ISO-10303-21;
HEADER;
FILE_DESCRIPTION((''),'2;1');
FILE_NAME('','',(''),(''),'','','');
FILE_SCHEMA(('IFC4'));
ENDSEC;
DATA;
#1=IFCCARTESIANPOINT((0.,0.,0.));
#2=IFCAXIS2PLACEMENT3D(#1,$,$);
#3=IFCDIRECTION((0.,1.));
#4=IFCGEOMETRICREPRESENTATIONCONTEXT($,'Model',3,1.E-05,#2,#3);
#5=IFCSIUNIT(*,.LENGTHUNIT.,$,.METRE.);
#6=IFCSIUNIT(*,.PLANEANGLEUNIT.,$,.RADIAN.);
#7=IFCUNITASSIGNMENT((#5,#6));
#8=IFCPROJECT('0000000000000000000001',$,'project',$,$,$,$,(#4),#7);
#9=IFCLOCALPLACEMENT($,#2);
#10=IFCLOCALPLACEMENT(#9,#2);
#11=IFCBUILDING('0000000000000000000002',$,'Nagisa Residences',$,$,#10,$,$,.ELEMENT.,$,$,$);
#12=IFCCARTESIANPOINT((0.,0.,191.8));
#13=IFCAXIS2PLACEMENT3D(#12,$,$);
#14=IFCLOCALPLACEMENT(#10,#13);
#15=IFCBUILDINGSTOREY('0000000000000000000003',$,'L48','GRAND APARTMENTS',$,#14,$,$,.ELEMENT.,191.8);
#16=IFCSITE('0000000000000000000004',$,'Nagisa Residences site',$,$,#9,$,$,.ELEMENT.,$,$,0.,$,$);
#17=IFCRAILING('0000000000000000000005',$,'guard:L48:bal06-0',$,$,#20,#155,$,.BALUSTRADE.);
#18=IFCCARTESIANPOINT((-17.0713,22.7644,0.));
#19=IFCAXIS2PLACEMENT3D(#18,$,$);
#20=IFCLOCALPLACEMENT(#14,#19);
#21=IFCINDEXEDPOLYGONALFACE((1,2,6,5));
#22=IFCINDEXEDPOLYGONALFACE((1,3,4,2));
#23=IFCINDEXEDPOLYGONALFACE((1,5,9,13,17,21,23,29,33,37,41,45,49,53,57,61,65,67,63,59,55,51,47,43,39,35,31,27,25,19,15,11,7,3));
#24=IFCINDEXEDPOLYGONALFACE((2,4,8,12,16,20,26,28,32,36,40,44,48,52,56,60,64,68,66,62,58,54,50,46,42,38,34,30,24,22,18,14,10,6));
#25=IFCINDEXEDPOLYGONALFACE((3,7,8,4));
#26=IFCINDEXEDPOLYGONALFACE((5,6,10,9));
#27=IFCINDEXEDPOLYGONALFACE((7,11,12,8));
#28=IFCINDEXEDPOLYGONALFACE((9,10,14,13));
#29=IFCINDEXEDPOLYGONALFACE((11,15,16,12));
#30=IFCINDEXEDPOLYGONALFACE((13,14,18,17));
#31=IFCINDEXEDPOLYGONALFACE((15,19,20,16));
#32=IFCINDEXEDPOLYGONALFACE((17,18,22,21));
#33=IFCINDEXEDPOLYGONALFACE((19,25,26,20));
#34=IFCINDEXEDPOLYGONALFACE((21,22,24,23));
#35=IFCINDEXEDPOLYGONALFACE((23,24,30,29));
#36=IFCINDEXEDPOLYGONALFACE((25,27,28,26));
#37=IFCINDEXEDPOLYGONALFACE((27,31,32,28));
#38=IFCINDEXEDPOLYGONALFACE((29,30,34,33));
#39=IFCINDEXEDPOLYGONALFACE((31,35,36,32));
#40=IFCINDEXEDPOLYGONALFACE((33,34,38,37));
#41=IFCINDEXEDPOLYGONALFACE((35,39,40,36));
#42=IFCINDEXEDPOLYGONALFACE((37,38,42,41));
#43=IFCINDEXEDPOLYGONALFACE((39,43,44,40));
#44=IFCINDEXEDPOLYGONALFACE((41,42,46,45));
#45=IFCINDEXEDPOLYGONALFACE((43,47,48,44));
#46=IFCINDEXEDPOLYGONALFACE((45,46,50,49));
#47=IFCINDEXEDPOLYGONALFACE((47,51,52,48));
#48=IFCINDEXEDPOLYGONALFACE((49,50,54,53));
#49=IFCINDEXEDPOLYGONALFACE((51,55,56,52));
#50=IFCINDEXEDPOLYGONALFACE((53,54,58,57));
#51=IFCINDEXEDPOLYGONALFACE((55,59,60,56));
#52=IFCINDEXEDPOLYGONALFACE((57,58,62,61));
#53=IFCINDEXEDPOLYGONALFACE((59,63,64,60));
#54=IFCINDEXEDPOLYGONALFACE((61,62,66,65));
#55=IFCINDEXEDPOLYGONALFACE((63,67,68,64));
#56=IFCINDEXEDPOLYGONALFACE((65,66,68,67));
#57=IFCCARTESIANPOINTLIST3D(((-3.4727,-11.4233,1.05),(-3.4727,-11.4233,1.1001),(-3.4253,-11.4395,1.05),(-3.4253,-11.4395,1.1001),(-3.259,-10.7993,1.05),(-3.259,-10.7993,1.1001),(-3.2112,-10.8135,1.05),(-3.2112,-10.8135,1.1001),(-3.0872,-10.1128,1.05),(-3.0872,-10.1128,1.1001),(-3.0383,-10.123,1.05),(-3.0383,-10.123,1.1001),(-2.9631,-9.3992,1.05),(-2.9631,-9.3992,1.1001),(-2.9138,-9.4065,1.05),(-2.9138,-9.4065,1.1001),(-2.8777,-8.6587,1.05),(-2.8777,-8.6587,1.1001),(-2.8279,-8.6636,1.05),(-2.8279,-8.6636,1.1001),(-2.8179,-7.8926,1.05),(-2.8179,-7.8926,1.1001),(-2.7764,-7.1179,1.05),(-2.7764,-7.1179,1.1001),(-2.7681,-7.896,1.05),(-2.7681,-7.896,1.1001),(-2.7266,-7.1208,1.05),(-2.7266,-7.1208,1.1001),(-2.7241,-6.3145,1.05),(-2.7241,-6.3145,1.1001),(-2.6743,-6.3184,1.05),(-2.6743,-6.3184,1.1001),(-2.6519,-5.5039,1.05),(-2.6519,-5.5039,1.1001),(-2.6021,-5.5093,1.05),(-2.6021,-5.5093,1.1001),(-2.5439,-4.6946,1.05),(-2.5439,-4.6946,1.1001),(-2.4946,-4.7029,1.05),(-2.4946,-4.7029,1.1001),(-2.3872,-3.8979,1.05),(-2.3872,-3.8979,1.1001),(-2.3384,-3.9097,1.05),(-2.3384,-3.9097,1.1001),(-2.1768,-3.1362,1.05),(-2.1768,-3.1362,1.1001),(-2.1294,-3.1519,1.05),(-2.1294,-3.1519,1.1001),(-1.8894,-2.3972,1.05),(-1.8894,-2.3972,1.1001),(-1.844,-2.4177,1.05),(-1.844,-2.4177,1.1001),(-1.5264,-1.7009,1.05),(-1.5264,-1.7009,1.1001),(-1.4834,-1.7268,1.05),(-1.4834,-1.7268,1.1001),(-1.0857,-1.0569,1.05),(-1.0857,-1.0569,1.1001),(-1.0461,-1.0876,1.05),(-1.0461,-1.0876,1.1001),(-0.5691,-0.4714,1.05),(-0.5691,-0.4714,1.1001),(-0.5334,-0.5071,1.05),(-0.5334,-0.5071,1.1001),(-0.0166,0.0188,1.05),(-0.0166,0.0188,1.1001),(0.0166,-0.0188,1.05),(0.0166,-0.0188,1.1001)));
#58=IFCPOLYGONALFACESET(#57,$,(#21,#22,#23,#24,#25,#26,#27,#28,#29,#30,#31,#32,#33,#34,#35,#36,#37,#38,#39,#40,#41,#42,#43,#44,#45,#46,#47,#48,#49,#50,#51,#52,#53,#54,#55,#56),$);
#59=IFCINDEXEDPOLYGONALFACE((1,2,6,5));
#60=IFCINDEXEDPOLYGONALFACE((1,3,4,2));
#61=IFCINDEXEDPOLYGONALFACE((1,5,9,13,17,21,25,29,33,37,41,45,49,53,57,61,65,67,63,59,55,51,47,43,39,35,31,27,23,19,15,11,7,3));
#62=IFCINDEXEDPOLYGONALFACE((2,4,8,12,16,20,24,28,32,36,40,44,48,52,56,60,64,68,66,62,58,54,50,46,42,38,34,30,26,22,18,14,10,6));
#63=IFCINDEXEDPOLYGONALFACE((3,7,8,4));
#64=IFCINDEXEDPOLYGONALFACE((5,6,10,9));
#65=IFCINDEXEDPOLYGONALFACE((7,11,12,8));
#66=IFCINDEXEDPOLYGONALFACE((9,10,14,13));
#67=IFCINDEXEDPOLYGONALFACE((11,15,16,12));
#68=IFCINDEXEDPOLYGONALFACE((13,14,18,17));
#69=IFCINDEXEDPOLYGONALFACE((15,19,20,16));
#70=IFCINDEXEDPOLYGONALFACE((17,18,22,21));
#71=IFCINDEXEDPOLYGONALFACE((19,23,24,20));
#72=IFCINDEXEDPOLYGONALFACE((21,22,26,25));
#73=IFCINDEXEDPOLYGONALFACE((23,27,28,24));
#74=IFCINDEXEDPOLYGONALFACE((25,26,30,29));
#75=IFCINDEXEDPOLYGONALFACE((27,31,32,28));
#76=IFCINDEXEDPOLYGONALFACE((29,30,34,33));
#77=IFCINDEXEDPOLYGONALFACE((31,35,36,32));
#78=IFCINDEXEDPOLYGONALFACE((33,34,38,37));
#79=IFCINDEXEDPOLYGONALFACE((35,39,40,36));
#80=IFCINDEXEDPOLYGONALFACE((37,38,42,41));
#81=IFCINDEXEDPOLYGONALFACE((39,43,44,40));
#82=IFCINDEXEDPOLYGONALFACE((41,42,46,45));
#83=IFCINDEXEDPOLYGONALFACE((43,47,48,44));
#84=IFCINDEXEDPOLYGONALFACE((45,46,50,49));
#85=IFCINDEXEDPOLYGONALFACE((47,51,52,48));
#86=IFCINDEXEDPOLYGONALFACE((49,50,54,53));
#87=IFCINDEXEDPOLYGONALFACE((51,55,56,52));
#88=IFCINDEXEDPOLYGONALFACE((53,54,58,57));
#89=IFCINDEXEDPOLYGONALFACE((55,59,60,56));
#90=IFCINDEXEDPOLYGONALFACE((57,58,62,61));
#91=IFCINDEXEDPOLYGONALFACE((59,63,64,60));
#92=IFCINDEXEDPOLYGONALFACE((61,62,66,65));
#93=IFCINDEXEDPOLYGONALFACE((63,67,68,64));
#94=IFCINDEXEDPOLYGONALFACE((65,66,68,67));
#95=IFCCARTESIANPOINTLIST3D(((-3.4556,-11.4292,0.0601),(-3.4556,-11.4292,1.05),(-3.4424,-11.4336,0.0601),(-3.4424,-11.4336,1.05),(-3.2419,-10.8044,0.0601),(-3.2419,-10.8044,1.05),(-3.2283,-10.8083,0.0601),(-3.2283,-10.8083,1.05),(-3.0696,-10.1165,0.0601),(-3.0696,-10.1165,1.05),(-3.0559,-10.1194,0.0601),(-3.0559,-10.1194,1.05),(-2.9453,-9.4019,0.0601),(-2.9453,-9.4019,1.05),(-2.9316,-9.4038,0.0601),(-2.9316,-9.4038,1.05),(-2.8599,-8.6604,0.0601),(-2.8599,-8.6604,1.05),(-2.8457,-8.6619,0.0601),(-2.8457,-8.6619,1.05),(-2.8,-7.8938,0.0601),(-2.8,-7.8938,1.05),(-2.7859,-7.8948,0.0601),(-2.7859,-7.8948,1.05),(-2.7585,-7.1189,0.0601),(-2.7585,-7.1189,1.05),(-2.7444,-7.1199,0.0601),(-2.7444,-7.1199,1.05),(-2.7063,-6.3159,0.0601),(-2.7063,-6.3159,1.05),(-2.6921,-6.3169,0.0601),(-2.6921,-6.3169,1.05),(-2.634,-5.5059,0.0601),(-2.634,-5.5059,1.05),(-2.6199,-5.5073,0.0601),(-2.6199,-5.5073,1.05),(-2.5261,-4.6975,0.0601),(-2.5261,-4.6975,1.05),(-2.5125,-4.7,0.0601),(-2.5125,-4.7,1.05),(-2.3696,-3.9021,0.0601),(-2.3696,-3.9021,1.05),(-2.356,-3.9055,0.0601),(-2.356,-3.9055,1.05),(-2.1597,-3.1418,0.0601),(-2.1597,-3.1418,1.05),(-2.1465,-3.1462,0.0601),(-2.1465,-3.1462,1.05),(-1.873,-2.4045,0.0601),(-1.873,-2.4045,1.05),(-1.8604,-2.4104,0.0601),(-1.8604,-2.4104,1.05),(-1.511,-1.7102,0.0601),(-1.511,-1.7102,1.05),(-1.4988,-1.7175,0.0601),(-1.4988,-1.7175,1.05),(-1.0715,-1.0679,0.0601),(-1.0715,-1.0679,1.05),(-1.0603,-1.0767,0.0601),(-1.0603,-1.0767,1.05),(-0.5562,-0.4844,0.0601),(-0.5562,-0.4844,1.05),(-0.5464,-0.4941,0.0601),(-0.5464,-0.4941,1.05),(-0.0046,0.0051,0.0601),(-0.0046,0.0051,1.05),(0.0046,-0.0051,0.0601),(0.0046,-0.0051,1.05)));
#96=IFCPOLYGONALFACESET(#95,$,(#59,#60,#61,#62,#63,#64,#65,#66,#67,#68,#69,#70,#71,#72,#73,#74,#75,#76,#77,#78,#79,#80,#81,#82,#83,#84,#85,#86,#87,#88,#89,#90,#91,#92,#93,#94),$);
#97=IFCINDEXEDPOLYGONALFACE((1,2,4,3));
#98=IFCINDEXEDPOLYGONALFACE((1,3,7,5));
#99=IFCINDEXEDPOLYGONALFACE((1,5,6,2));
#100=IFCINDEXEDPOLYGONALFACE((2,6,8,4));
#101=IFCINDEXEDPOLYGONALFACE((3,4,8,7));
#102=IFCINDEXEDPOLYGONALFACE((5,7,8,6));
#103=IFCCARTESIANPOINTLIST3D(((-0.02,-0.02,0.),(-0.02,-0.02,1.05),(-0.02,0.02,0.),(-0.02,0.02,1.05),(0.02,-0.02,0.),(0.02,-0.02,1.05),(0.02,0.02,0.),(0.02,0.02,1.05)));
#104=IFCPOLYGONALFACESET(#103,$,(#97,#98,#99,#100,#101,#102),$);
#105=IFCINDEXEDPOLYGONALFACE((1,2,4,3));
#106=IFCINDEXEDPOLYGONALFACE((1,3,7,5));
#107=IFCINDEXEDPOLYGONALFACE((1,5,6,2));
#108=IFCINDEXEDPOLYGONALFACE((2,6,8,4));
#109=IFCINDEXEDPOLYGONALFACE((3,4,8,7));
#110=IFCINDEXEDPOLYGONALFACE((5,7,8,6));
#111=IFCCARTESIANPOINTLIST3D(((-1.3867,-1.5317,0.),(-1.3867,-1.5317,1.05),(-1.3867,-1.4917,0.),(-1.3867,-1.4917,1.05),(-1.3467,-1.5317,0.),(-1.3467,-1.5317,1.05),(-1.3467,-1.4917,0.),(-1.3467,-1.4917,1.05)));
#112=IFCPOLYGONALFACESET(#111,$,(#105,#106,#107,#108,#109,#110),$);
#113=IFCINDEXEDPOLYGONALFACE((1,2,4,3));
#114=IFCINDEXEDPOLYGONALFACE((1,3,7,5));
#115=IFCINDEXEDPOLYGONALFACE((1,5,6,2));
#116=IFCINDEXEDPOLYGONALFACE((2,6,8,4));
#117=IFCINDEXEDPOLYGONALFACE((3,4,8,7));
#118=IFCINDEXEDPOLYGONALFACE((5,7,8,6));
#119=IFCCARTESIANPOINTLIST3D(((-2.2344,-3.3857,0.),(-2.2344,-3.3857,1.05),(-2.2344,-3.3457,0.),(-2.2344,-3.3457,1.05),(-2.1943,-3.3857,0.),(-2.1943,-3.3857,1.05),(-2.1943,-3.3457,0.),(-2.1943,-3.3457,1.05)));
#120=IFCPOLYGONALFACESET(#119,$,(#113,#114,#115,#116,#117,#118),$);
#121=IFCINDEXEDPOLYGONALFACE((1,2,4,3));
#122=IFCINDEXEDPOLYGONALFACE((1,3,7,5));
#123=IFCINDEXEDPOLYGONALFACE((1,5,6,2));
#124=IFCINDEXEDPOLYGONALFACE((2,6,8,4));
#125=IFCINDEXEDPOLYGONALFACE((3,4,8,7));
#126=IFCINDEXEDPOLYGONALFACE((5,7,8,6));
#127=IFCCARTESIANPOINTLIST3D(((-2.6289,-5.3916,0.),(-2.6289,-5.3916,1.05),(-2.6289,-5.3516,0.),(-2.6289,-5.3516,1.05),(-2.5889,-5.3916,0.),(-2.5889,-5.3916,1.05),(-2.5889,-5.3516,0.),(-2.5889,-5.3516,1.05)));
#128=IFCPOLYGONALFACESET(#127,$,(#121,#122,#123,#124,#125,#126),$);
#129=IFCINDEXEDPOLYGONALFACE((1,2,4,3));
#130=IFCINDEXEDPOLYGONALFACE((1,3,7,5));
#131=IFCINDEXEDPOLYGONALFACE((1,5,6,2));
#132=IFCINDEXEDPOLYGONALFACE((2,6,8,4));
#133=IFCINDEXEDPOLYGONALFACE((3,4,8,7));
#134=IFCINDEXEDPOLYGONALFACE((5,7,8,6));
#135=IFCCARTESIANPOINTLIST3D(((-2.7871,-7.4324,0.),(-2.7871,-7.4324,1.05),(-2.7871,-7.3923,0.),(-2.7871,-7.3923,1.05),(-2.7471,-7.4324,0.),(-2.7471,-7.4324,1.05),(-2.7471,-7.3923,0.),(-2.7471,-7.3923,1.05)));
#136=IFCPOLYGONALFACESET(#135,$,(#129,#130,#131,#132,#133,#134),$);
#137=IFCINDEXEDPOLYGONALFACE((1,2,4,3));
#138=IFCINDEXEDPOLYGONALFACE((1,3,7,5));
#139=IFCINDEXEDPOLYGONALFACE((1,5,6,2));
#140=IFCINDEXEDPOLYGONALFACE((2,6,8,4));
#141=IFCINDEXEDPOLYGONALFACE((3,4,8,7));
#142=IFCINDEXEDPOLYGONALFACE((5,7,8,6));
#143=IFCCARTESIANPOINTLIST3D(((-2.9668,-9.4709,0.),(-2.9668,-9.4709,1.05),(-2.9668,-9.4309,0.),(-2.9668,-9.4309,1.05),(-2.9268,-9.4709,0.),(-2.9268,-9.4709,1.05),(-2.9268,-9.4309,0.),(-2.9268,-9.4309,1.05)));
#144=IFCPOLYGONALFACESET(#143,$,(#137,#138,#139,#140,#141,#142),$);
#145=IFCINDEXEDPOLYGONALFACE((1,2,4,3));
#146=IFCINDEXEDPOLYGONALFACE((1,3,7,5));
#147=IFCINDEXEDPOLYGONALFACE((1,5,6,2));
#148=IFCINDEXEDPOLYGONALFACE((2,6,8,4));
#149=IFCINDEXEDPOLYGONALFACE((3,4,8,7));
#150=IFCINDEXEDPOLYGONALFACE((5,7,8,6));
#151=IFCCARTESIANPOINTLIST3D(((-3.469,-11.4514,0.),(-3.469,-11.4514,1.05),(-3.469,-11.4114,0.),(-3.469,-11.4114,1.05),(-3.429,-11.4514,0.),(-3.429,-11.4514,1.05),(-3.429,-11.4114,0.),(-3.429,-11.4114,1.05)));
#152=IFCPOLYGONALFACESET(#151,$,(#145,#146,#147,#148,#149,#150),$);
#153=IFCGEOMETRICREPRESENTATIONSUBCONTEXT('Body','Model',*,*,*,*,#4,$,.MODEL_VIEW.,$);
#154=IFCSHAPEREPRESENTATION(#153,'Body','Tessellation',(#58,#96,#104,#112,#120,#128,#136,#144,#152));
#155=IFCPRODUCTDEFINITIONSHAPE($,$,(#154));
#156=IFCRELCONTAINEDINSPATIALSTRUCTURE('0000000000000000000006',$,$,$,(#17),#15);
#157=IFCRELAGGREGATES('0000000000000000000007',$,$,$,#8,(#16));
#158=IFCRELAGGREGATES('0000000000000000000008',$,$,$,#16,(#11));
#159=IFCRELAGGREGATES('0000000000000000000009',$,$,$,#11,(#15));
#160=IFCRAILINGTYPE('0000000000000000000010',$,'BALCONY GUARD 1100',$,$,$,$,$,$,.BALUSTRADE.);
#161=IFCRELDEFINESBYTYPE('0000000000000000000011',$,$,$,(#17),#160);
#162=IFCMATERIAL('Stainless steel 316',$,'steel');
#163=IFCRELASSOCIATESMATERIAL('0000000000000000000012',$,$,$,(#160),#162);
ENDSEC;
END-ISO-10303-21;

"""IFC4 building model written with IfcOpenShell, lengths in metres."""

from ifc_helpers import new_model, si_unit, direction, frame, origin, origin_2d, place, context, subcontext, project, spatial, polyline, rectangle, outline, extrude, material, type_object, element, save


model = new_model("IFC4")

# Units and contexts
model_context = context("Model", 3, precision=1e-05, world=origin(), true_north=direction((0.0, 1.0)))
body_context = subcontext(model_context, "Body", "Model", "MODEL_VIEW")
ifc_project = project(units=[si_unit("LENGTHUNIT", "METRE"), si_unit("PLANEANGLEUNIT", "RADIAN")], contexts=[model_context])

# Site, building, storey
site_placement = place(None, origin())
site = spatial("IfcSite", under=ifc_project, at=site_placement, Name="Nagisa Residences site", CompositionType="ELEMENT", RefElevation=0.0)
building_placement = place(site_placement, origin())
building = spatial("IfcBuilding", under=site, at=building_placement, Name="Nagisa Residences", CompositionType="ELEMENT")
storey_placement = place(building_placement, frame((0.0, 0.0, 191.8)))
storey = spatial("IfcBuildingStorey", under=building, at=storey_placement, Name="L48", Description="GRAND APARTMENTS", CompositionType="ELEMENT", Elevation=191.8)

# Railing
ifc_material_1 = material(Name="Stainless steel 316", Category="steel")
railing_type = type_object("IfcRailingType", Name="BALCONY GUARD 1100", PredefinedType="BALUSTRADE", material=ifc_material_1)
railing_placement = place(storey_placement, frame((-17.0713, 22.7644, 0.0)))
element("IfcRailing", 1, at=railing_placement, inside=storey, type_object=railing_type, Name="guard:L48:bal06-0", PredefinedType="BALUSTRADE", context=body_context, shape_type="SweptSolid", body=[
    extrude(outline(polyline([(-0.5334, -0.5071), (0.0166, -0.0188), (-0.0166, 0.0188), (-0.5691, -0.4714), (-1.0857, -1.0569), (-1.5264, -1.7009), (-1.8894, -2.3972), (-2.1768, -3.1362), (-2.3872, -3.8979), (-2.5439, -4.6946), (-2.6519, -5.5039), (-2.7241, -6.3145), (-2.7764, -7.1179), (-2.8179, -7.8926), (-2.8777, -8.6587), (-2.9631, -9.3992), (-3.0872, -10.1128), (-3.259, -10.7993), (-3.4727, -11.4233), (-3.4253, -11.4395), (-3.2112, -10.8135), (-3.0383, -10.123), (-2.9138, -9.4065), (-2.8279, -8.6636), (-2.7681, -7.896), (-2.7266, -7.1208), (-2.6743, -6.3184), (-2.6021, -5.5093), (-2.4946, -4.7029), (-2.3384, -3.9097), (-2.1294, -3.1519), (-1.844, -2.4177), (-1.4834, -1.7268), (-1.0461, -1.0876), (-0.5334, -0.5071)])), frame((0.0, 0.0, 1.05)), (0.0, 0.0, 1.0), 0.05),
    extrude(outline(polyline([(-0.5464, -0.4941), (0.0046, -0.0051), (-0.0046, 0.0051), (-0.5562, -0.4844), (-1.0715, -1.0679), (-1.511, -1.7102), (-1.873, -2.4045), (-2.1597, -3.1418), (-2.3696, -3.9021), (-2.5261, -4.6975), (-2.634, -5.5059), (-2.7063, -6.3159), (-2.7585, -7.1189), (-2.8, -7.8938), (-2.8599, -8.6604), (-2.9453, -9.4019), (-3.0696, -10.1165), (-3.2419, -10.8044), (-3.4556, -11.4292), (-3.4424, -11.4336), (-3.2283, -10.8083), (-3.0559, -10.1194), (-2.9316, -9.4038), (-2.8457, -8.6619), (-2.7859, -7.8948), (-2.7444, -7.1199), (-2.6921, -6.3169), (-2.6199, -5.5073), (-2.5125, -4.7), (-2.356, -3.9055), (-2.1465, -3.1462), (-1.8604, -2.4104), (-1.4988, -1.7175), (-1.0603, -1.0767), (-0.5464, -0.4941)])), frame((0.0, 0.0, 0.0601)), (0.0, 0.0, 1.0), 0.99),
    extrude(rectangle(XDim=0.04, YDim=0.04, at=origin_2d()), origin(), (0.0, 0.0, 1.0), 1.05),
    extrude(rectangle(XDim=0.04, YDim=0.04, at=origin_2d()), frame((-1.3667, -1.5117, 0.0)), (0.0, 0.0, 1.0), 1.05),
    extrude(rectangle(XDim=0.04, YDim=0.04, at=origin_2d()), frame((-2.2144, -3.3657, 0.0)), (0.0, 0.0, 1.0), 1.05),
    extrude(rectangle(XDim=0.04, YDim=0.04, at=origin_2d()), frame((-2.6089, -5.3716, 0.0)), (0.0, 0.0, 1.0), 1.05),
    extrude(rectangle(XDim=0.04, YDim=0.04, at=origin_2d()), frame((-2.7671, -7.4124, 0.0)), (0.0, 0.0, 1.0), 1.05),
    extrude(rectangle(XDim=0.04, YDim=0.04, at=origin_2d()), frame((-2.9468, -9.4509, 0.0)), (0.0, 0.0, 1.0), 1.05),
    extrude(rectangle(XDim=0.04, YDim=0.04, at=origin_2d()), frame((-3.449, -11.4314, 0.0)), (0.0, 0.0, 1.0), 1.05),
])

save(model, "model.ifc")
